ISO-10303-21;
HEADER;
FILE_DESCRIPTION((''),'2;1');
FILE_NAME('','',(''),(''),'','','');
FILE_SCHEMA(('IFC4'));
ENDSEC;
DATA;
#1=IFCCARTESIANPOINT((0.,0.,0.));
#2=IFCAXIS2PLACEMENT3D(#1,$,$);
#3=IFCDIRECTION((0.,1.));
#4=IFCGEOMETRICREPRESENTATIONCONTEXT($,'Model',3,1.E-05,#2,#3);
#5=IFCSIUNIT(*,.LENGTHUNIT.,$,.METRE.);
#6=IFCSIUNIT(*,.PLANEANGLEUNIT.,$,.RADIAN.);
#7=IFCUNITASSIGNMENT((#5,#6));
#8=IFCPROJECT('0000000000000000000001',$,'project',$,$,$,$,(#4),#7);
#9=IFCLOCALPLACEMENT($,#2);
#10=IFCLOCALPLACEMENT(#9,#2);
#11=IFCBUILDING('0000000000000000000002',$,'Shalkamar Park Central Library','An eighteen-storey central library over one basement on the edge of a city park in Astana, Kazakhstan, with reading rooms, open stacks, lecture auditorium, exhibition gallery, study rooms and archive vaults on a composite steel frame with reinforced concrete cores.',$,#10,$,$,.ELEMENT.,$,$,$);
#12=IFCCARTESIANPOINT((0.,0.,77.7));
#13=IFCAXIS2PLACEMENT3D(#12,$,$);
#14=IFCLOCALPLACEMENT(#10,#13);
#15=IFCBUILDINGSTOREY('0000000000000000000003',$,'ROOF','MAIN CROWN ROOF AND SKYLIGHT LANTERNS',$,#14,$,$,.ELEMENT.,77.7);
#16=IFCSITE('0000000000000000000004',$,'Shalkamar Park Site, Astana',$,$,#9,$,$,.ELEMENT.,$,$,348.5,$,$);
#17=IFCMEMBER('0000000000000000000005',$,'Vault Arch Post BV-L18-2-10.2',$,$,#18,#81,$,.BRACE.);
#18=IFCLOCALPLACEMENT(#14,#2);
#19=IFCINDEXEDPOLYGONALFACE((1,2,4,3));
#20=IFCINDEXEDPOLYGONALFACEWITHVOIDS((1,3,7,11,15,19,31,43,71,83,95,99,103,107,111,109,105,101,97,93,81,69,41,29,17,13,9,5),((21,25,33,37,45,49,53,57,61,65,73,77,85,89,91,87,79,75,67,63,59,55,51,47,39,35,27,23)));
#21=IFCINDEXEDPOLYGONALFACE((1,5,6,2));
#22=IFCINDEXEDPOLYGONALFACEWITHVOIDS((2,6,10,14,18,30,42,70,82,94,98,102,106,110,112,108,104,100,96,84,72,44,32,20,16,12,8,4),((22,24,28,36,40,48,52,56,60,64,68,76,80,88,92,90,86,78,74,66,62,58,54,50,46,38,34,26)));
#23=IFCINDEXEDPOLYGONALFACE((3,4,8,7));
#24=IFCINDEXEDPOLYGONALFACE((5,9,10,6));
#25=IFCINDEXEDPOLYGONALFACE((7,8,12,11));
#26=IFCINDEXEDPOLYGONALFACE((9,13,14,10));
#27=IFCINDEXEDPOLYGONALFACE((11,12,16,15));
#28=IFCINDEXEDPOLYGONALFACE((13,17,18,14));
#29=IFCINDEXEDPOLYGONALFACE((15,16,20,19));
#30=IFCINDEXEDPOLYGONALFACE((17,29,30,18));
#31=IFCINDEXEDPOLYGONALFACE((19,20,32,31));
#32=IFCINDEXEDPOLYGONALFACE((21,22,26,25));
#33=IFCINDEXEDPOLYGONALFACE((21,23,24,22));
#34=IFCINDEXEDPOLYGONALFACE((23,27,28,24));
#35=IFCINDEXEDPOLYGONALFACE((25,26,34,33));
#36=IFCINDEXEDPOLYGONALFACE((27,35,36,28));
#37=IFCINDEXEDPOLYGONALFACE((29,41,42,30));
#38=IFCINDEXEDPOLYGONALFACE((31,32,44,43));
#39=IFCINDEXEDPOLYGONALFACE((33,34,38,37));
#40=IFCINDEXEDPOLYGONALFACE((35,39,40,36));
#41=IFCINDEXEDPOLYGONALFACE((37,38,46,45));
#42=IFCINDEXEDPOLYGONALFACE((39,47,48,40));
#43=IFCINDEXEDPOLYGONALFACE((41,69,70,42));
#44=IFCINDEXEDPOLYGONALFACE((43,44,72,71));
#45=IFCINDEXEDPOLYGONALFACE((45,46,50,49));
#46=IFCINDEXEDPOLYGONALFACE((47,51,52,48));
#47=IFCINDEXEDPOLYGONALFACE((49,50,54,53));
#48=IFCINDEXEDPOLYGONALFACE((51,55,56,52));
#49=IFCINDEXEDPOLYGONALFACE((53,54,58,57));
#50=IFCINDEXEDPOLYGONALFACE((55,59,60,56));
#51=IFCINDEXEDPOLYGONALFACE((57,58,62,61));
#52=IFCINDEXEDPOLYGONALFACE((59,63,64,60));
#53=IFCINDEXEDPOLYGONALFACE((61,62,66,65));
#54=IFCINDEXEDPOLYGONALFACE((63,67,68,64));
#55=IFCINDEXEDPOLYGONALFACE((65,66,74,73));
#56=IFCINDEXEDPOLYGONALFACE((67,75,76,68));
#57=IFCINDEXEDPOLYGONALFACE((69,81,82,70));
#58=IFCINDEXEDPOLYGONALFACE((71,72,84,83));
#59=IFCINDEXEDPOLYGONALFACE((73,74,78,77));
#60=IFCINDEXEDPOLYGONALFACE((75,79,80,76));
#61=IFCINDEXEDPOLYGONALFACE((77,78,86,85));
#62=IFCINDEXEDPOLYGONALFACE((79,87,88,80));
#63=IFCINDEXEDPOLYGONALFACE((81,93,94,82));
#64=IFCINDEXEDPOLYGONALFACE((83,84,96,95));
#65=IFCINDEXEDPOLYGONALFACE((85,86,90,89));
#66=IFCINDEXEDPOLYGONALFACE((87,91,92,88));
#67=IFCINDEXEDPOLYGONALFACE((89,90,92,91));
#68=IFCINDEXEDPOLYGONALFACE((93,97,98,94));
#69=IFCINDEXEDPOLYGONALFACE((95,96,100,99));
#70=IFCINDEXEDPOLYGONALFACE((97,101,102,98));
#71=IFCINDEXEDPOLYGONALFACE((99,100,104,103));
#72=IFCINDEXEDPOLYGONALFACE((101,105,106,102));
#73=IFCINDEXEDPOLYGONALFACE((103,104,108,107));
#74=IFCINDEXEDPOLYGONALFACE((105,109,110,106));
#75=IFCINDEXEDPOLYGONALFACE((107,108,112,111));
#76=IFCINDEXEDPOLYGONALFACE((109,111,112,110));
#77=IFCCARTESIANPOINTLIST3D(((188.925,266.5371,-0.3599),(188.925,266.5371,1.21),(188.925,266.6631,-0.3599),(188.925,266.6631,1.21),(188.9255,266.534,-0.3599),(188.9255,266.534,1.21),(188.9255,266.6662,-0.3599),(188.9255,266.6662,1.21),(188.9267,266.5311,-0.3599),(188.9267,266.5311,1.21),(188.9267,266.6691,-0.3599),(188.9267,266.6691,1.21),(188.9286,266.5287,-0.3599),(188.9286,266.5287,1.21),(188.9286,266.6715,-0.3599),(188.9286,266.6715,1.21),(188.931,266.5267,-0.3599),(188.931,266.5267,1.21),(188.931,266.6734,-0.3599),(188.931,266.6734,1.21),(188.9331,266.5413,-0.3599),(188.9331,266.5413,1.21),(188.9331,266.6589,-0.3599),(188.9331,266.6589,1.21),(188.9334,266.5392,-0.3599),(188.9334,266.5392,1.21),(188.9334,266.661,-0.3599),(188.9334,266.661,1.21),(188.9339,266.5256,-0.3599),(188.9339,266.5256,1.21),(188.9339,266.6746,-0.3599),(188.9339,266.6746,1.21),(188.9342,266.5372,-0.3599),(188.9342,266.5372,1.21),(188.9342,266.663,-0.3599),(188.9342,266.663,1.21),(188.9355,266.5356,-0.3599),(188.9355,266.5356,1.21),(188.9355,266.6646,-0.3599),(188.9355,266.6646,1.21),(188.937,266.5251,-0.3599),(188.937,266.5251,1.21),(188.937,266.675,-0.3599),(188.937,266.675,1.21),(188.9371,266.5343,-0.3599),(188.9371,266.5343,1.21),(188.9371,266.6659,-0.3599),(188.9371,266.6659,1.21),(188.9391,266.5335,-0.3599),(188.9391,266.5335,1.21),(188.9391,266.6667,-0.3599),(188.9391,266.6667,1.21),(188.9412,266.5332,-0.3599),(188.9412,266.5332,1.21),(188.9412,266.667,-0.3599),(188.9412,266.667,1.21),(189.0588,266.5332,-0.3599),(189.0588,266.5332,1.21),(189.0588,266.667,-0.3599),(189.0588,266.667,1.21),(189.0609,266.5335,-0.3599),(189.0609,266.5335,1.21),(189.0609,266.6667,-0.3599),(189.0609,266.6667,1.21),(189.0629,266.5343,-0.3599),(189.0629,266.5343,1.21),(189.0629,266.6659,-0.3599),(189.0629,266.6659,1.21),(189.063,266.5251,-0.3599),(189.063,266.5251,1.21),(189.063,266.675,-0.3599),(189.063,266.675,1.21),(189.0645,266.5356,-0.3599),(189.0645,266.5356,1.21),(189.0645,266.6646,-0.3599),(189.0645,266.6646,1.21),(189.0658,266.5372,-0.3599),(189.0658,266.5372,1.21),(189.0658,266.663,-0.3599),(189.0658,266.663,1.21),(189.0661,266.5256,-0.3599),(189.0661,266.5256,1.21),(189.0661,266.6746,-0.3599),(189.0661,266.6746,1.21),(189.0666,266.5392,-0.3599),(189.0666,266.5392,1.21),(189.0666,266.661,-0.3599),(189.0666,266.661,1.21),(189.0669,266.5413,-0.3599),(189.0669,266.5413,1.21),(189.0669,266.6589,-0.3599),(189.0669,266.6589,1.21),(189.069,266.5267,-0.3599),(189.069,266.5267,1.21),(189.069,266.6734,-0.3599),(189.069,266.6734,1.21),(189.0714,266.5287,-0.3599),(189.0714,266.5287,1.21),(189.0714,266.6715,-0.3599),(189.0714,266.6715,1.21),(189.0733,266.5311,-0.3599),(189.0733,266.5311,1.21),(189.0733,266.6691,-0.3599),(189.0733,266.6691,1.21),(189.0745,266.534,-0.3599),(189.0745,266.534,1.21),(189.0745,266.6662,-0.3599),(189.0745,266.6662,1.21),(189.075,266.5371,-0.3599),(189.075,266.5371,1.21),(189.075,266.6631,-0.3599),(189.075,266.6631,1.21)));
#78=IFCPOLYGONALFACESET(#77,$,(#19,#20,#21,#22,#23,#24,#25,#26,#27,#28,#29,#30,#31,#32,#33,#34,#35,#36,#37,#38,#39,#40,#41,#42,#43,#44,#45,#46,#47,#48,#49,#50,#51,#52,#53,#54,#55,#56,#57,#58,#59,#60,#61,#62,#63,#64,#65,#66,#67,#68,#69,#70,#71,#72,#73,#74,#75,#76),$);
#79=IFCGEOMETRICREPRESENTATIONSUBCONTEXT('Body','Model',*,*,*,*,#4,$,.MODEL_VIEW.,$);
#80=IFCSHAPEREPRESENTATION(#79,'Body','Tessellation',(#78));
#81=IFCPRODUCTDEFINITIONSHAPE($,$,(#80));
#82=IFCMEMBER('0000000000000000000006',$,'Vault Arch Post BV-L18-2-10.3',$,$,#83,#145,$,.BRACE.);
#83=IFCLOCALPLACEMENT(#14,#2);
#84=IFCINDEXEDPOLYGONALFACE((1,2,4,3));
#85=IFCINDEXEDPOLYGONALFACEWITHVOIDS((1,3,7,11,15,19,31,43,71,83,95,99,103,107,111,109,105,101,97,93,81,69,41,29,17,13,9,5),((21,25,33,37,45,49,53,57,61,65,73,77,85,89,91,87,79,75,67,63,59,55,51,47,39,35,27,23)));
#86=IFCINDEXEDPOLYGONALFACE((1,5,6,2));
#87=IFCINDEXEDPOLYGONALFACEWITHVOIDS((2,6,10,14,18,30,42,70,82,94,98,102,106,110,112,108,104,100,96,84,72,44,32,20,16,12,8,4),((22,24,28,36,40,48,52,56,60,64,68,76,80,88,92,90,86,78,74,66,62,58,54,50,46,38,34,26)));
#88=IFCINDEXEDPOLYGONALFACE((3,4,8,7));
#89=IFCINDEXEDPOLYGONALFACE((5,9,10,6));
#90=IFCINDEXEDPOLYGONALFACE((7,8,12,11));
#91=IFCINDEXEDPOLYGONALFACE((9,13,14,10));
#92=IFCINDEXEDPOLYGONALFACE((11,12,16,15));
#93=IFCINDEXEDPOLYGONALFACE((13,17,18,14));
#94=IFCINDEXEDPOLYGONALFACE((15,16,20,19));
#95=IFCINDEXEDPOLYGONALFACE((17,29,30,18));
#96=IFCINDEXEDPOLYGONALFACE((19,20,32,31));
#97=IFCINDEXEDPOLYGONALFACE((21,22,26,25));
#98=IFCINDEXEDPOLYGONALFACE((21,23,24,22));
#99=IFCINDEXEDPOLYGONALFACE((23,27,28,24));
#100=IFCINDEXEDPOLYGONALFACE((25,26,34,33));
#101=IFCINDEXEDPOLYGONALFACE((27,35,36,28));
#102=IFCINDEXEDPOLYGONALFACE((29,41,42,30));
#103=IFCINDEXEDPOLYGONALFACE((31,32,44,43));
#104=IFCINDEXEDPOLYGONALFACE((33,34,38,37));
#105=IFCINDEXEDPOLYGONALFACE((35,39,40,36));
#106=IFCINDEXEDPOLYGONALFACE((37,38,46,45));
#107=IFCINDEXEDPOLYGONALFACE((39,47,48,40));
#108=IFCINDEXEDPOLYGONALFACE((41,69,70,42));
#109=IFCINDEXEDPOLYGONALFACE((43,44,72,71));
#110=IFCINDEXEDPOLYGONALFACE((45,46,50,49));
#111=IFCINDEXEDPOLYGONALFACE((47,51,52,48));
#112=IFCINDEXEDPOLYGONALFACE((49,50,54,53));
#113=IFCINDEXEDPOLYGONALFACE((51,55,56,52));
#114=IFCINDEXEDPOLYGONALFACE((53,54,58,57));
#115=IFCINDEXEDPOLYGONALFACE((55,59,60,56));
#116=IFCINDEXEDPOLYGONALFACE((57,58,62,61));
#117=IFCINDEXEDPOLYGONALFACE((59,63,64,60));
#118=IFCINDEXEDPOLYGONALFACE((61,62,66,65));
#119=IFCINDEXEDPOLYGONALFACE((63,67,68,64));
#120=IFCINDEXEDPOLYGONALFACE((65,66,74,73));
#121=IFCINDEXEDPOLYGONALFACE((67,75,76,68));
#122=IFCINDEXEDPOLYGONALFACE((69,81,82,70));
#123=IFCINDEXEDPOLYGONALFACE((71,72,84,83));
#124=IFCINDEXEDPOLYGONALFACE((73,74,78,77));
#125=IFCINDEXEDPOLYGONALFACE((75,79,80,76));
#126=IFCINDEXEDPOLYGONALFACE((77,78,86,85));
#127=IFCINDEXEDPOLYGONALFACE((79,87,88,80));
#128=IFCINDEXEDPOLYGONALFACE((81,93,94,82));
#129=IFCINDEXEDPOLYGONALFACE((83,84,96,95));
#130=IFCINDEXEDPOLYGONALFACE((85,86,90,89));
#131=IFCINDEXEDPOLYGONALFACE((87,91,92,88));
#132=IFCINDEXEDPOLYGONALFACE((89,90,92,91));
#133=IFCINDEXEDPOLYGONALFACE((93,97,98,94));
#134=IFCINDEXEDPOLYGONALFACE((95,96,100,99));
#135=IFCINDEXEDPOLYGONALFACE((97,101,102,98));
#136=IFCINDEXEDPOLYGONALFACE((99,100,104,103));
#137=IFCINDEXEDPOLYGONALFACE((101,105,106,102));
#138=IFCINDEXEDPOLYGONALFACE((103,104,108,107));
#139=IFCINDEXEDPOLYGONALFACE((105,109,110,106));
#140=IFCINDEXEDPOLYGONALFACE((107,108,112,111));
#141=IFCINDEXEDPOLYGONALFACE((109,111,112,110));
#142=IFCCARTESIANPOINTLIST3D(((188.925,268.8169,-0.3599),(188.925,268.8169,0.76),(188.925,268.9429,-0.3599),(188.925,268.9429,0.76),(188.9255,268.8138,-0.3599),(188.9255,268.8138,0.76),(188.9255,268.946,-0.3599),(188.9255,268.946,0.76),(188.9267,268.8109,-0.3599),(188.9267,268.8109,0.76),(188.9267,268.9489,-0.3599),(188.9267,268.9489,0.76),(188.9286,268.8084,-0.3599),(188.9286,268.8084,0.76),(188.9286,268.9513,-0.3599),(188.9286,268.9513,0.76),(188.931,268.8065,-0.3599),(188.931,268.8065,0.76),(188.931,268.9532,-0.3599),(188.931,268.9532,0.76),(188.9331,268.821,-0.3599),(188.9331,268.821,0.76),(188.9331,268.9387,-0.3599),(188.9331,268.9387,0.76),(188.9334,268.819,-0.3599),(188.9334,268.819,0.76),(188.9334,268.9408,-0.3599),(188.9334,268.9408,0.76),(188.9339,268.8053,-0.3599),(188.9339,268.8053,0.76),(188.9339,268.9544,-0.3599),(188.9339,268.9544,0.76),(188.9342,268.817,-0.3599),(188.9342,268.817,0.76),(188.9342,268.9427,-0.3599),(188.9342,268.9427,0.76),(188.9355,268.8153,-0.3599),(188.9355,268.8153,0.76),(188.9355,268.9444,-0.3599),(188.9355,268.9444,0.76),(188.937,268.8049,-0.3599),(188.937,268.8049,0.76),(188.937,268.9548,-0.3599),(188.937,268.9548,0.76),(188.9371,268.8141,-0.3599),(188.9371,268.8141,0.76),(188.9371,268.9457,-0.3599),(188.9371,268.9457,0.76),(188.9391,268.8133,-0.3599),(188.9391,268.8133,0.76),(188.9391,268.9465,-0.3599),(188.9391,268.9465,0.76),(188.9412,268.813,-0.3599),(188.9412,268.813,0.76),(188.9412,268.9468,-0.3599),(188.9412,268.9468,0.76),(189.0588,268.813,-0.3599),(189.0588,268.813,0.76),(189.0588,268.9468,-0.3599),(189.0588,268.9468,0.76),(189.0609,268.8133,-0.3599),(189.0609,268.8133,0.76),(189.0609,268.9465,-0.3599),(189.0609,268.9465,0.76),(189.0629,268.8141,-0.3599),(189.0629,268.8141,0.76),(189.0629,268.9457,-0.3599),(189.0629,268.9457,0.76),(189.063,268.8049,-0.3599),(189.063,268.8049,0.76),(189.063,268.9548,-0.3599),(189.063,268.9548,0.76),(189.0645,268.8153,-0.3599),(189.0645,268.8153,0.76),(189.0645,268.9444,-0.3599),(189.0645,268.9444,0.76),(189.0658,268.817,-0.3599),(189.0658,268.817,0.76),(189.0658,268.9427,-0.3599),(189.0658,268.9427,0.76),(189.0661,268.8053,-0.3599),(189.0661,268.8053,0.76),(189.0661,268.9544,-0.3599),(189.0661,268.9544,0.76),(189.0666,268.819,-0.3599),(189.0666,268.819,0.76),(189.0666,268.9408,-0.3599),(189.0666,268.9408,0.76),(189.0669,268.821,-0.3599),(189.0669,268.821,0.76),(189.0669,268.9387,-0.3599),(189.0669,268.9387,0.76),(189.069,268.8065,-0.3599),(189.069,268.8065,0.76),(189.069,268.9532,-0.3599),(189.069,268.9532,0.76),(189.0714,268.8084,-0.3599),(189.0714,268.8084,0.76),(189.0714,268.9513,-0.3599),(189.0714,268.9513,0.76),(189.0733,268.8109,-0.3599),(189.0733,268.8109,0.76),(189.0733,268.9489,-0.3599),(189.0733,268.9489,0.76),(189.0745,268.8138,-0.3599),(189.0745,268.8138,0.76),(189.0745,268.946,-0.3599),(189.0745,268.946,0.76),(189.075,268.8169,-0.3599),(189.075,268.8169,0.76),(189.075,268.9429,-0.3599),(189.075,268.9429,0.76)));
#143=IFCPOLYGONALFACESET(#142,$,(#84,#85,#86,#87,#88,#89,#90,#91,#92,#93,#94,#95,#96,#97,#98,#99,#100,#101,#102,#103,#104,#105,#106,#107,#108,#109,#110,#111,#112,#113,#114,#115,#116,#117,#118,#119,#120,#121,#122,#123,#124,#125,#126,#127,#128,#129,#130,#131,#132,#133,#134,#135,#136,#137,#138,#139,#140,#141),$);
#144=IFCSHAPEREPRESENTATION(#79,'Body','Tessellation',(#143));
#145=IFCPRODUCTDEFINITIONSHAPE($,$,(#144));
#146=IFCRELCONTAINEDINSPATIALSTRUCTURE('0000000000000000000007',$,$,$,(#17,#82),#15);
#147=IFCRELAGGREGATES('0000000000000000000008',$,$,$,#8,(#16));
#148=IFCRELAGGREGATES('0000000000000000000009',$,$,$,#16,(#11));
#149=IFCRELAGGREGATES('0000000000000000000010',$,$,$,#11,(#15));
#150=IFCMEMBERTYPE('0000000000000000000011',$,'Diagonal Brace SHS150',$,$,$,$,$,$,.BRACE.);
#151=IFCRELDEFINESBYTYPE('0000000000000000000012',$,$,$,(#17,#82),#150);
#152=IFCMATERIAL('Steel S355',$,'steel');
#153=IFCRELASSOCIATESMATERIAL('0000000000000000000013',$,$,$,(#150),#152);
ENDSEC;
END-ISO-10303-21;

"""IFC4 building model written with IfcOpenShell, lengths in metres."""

from ifc_helpers import new_model, si_unit, direction, frame, origin, origin_2d, place, context, subcontext, project, spatial, hollow_rectangle, extrude, material, material_profile, profile_set, type_object, element, save


model = new_model("IFC4")

# Units and contexts
model_context = context("Model", 3, precision=1e-05, world=origin(), true_north=direction((0.0, 1.0)))
body_context = subcontext(model_context, "Body", "Model", "MODEL_VIEW")
ifc_project = project(units=[si_unit("LENGTHUNIT", "METRE"), si_unit("PLANEANGLEUNIT", "RADIAN")], contexts=[model_context])

# Site, building, storey
site_placement = place(None, origin())
site = spatial("IfcSite", under=ifc_project, at=site_placement, Name="Shalkamar Park Site, Astana", CompositionType="ELEMENT", RefElevation=348.5)
building_placement = place(site_placement, origin())
building = spatial("IfcBuilding", under=site, at=building_placement, Name="Shalkamar Park Central Library", Description="An eighteen-storey central library over one basement on the edge of a city park in Astana, Kazakhstan, with reading rooms, open stacks, lecture auditorium, exhibition gallery, study rooms and archive vaults on a composite steel frame with reinforced concrete cores.", CompositionType="ELEMENT")
storey_placement = place(building_placement, frame((0.0, 0.0, 77.7)))
storey = spatial("IfcBuildingStorey", under=building, at=storey_placement, Name="ROOF", Description="MAIN CROWN ROOF AND SKYLIGHT LANTERNS", CompositionType="ELEMENT", Elevation=77.7)

# Members
ifc_material = material(Name="Steel S355", Category="steel")
ifc_material_profile_1 = material_profile(ifc_material, hollow_rectangle(XDim=0.1499, YDim=0.1499, WallThickness=0.0081, InnerFilletRadius=0.0081, OuterFilletRadius=0.012, at=origin_2d()), Name="SHS 150x150x8")
ifc_profile_set_1 = profile_set([ifc_material_profile_1], Name="Steel S355")
member_type_1 = type_object("IfcMemberType", Name="Diagonal Brace SHS150", PredefinedType="BRACE", material=ifc_profile_set_1)
member_1_placement = place(storey_placement, frame((189.0, 266.6001, -0.3599), z_axis=(0.0, 0.0, 1.0), x_axis=(1.0, 0.0, 0.0)))
element("IfcMember", 1, at=member_1_placement, inside=storey, type_object=member_type_1, Name="Vault Arch Post BV-L18-2-10.2", PredefinedType="BRACE", context=body_context, shape_type="SweptSolid", body=[
    extrude(hollow_rectangle(XDim=0.1499, YDim=0.1499, WallThickness=0.0081, InnerFilletRadius=0.0081, OuterFilletRadius=0.012, at=origin_2d()), origin(), (0.0, 0.0, 1.0), 1.5698),
])
for number, where, z_axis, x_axis, name in (
    (2, (189.0, 268.8799, -0.3599), (0.0, 0.0, 1.0), (1.0, 0.0, 0.0), "Vault Arch Post BV-L18-2-10.3"),
):
    element("IfcMember", number, at=place(storey_placement, frame(where, z_axis=z_axis, x_axis=x_axis)), inside=storey, type_object=member_type_1, Name=name, PredefinedType="BRACE", context=body_context, shape_type="SweptSolid", body=[
        extrude(hollow_rectangle(XDim=0.1499, YDim=0.1499, WallThickness=0.0081, InnerFilletRadius=0.0081, OuterFilletRadius=0.012, at=origin_2d()), origin(), (0.0, 0.0, 1.0), 1.1199),
    ])

save(model, "model.ifc")
